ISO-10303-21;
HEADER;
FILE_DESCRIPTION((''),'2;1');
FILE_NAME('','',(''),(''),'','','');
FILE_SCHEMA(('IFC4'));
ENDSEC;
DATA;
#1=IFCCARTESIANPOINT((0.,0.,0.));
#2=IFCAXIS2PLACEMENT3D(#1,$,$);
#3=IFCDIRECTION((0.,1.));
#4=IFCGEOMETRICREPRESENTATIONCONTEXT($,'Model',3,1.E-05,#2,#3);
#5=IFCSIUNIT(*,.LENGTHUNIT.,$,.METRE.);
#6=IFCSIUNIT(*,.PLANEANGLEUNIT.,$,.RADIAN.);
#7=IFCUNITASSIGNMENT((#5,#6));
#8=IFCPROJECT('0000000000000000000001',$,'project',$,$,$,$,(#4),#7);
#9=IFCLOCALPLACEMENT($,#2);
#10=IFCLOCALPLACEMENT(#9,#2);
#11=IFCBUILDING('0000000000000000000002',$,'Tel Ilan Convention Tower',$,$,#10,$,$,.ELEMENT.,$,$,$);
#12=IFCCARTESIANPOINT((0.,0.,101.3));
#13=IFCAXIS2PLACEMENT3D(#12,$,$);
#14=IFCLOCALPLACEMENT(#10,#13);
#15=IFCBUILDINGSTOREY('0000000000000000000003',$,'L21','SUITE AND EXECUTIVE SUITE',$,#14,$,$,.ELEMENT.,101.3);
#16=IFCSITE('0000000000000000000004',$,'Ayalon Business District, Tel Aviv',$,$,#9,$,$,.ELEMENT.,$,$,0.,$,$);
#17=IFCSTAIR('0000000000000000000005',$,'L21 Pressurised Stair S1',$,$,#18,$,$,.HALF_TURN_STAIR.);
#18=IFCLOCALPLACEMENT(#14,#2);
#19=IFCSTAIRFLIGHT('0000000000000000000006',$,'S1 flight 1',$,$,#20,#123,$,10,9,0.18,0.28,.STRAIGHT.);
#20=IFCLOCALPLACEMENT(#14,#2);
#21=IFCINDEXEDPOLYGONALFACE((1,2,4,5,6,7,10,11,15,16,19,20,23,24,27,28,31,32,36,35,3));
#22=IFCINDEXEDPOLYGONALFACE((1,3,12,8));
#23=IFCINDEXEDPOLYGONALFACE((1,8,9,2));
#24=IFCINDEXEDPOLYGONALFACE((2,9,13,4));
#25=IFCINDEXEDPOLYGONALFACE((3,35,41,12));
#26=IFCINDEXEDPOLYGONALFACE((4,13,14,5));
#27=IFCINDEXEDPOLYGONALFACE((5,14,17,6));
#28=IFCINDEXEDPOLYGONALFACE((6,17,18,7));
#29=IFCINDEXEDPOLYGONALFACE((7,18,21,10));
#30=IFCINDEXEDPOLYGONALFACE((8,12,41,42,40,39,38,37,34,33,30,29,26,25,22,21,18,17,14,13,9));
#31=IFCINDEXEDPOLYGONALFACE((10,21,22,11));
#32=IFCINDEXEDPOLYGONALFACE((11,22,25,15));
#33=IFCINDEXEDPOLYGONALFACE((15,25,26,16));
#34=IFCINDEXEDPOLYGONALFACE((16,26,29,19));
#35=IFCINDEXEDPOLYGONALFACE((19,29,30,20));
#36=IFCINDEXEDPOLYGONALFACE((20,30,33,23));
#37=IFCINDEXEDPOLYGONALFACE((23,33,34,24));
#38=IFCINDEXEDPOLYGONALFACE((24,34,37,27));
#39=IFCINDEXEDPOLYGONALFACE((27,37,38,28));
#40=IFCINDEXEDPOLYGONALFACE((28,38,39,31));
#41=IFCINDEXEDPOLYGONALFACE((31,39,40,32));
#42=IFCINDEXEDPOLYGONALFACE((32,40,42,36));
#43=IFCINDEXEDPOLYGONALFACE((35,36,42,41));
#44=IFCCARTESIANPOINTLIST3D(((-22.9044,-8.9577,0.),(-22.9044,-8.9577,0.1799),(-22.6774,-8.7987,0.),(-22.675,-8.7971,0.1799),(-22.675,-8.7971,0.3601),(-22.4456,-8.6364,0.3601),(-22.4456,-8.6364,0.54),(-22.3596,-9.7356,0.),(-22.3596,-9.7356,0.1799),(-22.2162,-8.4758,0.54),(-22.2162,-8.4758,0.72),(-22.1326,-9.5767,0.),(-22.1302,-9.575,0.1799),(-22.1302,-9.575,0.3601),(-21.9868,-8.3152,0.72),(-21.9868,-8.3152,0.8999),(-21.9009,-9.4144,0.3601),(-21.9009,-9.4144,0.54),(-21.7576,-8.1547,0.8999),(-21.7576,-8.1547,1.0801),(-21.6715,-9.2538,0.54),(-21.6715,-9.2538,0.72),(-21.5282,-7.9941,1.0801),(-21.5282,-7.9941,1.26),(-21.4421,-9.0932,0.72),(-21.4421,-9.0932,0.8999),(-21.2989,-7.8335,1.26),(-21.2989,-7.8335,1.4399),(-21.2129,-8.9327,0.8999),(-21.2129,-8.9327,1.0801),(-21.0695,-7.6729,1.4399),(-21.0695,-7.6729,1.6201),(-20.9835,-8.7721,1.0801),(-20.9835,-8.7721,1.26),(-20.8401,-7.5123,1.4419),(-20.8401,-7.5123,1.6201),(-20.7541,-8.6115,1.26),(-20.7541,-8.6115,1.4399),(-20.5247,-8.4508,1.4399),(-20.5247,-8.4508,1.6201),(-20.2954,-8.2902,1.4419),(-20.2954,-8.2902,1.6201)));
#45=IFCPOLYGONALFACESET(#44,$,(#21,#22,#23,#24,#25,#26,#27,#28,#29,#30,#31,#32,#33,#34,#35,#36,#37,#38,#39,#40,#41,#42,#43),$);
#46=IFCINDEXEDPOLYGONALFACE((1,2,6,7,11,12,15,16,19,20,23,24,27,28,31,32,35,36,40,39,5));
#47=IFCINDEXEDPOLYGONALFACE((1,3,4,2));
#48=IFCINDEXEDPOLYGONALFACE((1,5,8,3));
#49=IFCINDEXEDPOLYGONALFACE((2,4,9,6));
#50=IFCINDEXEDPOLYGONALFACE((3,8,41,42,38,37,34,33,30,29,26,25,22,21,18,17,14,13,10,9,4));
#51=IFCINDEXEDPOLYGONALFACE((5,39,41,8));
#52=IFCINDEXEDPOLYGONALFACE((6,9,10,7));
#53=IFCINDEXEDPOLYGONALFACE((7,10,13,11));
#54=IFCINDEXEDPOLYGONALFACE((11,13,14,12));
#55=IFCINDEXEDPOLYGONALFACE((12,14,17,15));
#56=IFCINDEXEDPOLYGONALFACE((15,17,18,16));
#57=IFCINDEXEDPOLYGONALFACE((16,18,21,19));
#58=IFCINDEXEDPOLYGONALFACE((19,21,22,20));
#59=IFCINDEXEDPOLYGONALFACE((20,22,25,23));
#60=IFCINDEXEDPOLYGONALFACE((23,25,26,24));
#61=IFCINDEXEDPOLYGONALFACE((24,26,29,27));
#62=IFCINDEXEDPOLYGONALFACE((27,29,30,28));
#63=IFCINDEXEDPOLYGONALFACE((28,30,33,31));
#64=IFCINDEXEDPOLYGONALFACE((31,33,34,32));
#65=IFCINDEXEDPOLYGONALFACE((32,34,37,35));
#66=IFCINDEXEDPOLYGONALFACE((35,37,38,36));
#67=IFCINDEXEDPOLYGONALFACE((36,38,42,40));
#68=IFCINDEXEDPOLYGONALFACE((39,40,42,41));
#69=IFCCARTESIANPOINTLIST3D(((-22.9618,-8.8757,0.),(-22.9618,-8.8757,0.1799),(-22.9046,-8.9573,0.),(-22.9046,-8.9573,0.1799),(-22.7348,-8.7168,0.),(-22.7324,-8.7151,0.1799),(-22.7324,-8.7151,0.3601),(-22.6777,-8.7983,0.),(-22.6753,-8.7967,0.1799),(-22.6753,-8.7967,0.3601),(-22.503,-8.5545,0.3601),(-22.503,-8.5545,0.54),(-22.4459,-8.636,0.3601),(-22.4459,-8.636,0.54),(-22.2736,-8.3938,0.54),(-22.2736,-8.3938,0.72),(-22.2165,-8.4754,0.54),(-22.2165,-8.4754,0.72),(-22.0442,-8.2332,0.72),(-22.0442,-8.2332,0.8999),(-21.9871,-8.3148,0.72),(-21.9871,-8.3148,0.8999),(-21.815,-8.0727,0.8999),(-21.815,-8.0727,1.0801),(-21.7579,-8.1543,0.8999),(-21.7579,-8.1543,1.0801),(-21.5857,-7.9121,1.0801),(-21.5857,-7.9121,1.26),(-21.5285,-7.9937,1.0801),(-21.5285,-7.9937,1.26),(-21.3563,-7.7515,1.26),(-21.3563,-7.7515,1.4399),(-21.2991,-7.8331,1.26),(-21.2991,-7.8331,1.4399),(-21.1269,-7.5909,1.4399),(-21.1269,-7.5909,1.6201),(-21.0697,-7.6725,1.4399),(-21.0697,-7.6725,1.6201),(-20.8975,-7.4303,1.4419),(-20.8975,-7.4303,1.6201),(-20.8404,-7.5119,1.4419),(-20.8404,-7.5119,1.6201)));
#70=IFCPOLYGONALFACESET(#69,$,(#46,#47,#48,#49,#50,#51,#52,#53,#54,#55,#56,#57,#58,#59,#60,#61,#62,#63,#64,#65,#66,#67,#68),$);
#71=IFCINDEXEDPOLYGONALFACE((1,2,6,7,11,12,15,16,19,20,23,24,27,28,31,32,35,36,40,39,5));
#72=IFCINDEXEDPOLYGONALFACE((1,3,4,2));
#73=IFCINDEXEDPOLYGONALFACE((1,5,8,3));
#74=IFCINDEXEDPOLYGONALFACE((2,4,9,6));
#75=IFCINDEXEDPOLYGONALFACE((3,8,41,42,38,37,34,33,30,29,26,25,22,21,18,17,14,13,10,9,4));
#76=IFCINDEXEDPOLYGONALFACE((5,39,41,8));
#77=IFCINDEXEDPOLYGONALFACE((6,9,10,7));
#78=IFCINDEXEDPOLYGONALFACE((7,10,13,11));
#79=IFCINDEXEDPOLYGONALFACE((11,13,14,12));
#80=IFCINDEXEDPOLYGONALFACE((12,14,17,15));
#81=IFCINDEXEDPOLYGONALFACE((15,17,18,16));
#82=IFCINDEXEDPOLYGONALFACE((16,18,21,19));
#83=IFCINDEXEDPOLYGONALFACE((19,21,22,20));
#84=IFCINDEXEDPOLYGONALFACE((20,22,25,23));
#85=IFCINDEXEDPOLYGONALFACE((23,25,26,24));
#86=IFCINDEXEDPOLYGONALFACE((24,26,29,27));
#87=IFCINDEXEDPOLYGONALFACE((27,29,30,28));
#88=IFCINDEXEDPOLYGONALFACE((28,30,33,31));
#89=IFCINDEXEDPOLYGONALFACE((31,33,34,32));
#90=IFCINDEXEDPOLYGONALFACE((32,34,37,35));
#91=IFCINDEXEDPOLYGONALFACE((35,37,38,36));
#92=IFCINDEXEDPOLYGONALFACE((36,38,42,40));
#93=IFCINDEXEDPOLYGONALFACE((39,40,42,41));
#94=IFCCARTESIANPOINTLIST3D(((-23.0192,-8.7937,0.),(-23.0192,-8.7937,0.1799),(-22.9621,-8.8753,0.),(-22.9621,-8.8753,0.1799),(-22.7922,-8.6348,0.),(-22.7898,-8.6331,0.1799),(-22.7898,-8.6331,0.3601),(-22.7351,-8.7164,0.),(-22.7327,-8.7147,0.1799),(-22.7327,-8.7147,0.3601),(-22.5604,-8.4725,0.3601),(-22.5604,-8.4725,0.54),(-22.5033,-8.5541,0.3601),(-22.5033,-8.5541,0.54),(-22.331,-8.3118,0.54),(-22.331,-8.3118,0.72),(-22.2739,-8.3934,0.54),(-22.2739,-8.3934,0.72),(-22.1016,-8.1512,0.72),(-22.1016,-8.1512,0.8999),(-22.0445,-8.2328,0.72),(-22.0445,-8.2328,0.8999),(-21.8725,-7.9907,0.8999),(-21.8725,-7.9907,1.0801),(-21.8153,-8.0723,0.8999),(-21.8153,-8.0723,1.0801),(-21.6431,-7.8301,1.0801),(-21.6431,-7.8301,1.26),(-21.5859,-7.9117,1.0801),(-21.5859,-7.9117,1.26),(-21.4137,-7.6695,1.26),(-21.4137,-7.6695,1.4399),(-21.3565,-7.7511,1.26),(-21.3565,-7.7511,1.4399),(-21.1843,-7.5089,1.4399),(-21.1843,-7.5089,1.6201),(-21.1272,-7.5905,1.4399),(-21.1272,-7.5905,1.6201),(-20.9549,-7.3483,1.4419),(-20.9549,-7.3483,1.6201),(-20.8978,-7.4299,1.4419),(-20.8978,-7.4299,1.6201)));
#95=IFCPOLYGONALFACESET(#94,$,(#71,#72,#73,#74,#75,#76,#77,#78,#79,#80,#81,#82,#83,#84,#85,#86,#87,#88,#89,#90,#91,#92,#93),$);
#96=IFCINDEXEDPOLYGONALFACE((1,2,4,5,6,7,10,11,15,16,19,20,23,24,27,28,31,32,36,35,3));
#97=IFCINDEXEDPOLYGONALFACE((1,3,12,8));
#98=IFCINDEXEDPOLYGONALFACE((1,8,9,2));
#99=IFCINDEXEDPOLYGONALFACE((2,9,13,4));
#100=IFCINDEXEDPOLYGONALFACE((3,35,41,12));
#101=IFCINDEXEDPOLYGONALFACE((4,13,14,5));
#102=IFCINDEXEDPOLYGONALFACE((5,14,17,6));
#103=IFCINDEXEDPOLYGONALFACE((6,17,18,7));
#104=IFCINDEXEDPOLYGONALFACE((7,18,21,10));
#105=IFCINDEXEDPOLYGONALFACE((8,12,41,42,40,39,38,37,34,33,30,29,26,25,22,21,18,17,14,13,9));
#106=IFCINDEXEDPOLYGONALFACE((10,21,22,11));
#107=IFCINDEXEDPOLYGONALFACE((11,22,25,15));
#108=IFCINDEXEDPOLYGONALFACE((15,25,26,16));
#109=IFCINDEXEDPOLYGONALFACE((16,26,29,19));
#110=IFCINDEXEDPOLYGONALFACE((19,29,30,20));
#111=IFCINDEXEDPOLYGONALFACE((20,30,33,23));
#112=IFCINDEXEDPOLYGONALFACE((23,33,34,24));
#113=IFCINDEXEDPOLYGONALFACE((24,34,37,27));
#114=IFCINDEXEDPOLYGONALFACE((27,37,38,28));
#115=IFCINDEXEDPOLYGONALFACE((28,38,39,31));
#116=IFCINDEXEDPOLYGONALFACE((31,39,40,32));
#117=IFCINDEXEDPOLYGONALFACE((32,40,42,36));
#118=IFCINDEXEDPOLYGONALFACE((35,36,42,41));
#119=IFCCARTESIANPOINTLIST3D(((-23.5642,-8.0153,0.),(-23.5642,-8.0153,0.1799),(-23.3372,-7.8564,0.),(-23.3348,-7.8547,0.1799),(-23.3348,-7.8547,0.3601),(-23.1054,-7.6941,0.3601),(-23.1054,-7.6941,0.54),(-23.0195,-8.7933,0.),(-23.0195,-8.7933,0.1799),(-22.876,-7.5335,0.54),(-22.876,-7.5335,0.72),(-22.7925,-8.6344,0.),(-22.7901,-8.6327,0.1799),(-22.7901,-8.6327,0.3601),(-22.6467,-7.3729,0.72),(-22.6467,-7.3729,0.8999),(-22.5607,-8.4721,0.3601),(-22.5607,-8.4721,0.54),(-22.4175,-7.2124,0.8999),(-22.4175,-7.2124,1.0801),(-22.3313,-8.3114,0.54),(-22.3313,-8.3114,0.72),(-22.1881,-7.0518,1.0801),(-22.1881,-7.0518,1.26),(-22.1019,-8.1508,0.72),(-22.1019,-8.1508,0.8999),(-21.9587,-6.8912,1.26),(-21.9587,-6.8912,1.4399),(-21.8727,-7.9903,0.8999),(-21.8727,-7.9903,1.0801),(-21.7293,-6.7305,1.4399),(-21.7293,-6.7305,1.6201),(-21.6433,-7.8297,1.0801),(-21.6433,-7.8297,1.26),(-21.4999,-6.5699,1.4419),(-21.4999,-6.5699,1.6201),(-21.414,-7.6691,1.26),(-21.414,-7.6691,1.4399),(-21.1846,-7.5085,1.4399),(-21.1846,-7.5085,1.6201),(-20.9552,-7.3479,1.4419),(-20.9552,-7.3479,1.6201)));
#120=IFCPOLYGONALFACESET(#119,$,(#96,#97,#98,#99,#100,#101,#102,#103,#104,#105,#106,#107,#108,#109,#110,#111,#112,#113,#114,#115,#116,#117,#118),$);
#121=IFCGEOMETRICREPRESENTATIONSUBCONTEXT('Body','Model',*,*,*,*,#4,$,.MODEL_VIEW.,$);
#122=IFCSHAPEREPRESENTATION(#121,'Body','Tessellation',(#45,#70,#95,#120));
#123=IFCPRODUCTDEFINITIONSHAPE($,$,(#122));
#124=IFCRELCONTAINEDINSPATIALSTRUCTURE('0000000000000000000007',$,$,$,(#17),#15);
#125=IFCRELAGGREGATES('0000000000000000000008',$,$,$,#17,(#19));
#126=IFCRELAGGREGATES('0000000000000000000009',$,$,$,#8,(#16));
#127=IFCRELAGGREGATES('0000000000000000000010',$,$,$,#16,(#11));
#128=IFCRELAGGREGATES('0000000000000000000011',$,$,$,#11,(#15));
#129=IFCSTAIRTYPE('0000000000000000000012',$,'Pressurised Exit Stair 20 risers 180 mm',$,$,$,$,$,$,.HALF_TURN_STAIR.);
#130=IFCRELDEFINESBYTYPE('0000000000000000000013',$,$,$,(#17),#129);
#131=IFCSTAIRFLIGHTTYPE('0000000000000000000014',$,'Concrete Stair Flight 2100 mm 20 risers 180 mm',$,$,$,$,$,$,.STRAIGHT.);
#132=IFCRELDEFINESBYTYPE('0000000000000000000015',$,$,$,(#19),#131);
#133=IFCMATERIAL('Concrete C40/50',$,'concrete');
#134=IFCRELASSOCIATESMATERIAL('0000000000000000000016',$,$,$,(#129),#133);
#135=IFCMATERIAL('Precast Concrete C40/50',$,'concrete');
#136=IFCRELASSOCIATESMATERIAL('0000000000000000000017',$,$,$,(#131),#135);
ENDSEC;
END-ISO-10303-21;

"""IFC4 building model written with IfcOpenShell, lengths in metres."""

from ifc_helpers import new_model, si_unit, direction, frame, origin, place, context, subcontext, project, spatial, polyline, outline, extrude, material, type_object, element, aggregate, save


model = new_model("IFC4")

# Units and contexts
model_context = context("Model", 3, precision=1e-05, world=origin(), true_north=direction((0.0, 1.0)))
body_context = subcontext(model_context, "Body", "Model", "MODEL_VIEW")
ifc_project = project(units=[si_unit("LENGTHUNIT", "METRE"), si_unit("PLANEANGLEUNIT", "RADIAN")], contexts=[model_context])

# Site, building, storey
site_placement = place(None, origin())
site = spatial("IfcSite", under=ifc_project, at=site_placement, Name="Ayalon Business District, Tel Aviv", CompositionType="ELEMENT", RefElevation=0.0)
building_placement = place(site_placement, origin())
building = spatial("IfcBuilding", under=site, at=building_placement, Name="Tel Ilan Convention Tower", CompositionType="ELEMENT")
storey_placement = place(building_placement, frame((0.0, 0.0, 101.3)))
storey = spatial("IfcBuildingStorey", under=building, at=storey_placement, Name="L21", Description="SUITE AND EXECUTIVE SUITE", CompositionType="ELEMENT", Elevation=101.3)

# Stair, stair flight
ifc_material_1 = material(Name="Concrete C40/50", Category="concrete")
stair_type = type_object("IfcStairType", Name="Pressurised Exit Stair 20 risers 180 mm", PredefinedType="HALF_TURN_STAIR", material=ifc_material_1)
stair_1_placement = place(storey_placement, origin())
stair_1 = element("IfcStair", 1, at=stair_1_placement, inside=storey, type_object=stair_type, Name="L21 Pressurised Stair S1", PredefinedType="HALF_TURN_STAIR")
ifc_material_2 = material(Name="Precast Concrete C40/50", Category="concrete")
stair_flight_type = type_object("IfcStairFlightType", Name="Concrete Stair Flight 2100 mm 20 risers 180 mm", PredefinedType="STRAIGHT", material=ifc_material_2)
stair_flight_1_placement = place(storey_placement, frame((-22.9619, -8.8755, 0.0), z_axis=(0.0, 0.0, 1.0), x_axis=(0.819152, 0.573576, 0.0)))
stair_flight_1 = element("IfcStairFlight", 2, at=stair_flight_1_placement, type_object=stair_flight_type, Name="S1 flight 1", NumberOfRisers=10, NumberOfTreads=9, PredefinedType="STRAIGHT", RiserHeight=0.18, TreadLength=0.28, context=body_context, shape_type="SweptSolid", body=[
    extrude(outline(polyline([(0.0, 0.0), (0.0, 0.1799), (0.28, 0.1799), (0.28, 0.3601), (0.5601, 0.3601), (0.5601, 0.54), (0.8401, 0.54), (0.8401, 0.72), (1.1201, 0.72), (1.1201, 0.8999), (1.3999, 0.8999), (1.3999, 1.0801), (1.6799, 1.0801), (1.6799, 1.26), (1.96, 1.26), (1.96, 1.4399), (2.24, 1.4399), (2.24, 1.6201), (2.52, 1.6201), (2.52, 1.8), (2.52, 1.4419), (0.2771, 0.0), (0.0, 0.0)])), frame((0.0, -0.1003, 0.0), z_axis=(0.0, -1.0, 0.0), x_axis=(1.0, 0.0, 0.0)), (0.0, 0.0, 1.0), 0.9497),
    extrude(outline(polyline([(0.0, 0.0), (0.0, 0.1799), (0.28, 0.1799), (0.28, 0.3601), (0.5601, 0.3601), (0.5601, 0.54), (0.8401, 0.54), (0.8401, 0.72), (1.1201, 0.72), (1.1201, 0.8999), (1.3999, 0.8999), (1.3999, 1.0801), (1.6799, 1.0801), (1.6799, 1.26), (1.96, 1.26), (1.96, 1.4399), (2.24, 1.4399), (2.24, 1.6201), (2.52, 1.6201), (2.52, 1.8), (2.52, 1.4419), (0.2771, 0.0), (0.0, 0.0)])), frame((0.0, -0.0002, 0.0), z_axis=(0.0, -1.0, 0.0), x_axis=(1.0, 0.0, 0.0)), (0.0, 0.0, 1.0), 0.0996),
    extrude(outline(polyline([(0.0, 0.0), (0.0, 0.1799), (0.28, 0.1799), (0.28, 0.3601), (0.5601, 0.3601), (0.5601, 0.54), (0.8401, 0.54), (0.8401, 0.72), (1.1201, 0.72), (1.1201, 0.8999), (1.3999, 0.8999), (1.3999, 1.0801), (1.6799, 1.0801), (1.6799, 1.26), (1.96, 1.26), (1.96, 1.4399), (2.24, 1.4399), (2.24, 1.6201), (2.52, 1.6201), (2.52, 1.8), (2.52, 1.4419), (0.2771, 0.0), (0.0, 0.0)])), frame((0.0, 0.0999, 0.0), z_axis=(0.0, -1.0, 0.0), x_axis=(1.0, 0.0, 0.0)), (0.0, 0.0, 1.0), 0.0996),
    extrude(outline(polyline([(0.0, 0.0), (0.0, 0.1799), (0.28, 0.1799), (0.28, 0.3601), (0.5601, 0.3601), (0.5601, 0.54), (0.8401, 0.54), (0.8401, 0.72), (1.1201, 0.72), (1.1201, 0.8999), (1.3999, 0.8999), (1.3999, 1.0801), (1.6799, 1.0801), (1.6799, 1.26), (1.96, 1.26), (1.96, 1.4399), (2.24, 1.4399), (2.24, 1.6201), (2.52, 1.6201), (2.52, 1.8), (2.52, 1.4419), (0.2771, 0.0), (0.0, 0.0)])), frame((0.0, 1.05, 0.0), z_axis=(0.0, -1.0, 0.0), x_axis=(1.0, 0.0, 0.0)), (0.0, 0.0, 1.0), 0.9497),
])
aggregate(stair_1, [stair_flight_1])

save(model, "model.ifc")
